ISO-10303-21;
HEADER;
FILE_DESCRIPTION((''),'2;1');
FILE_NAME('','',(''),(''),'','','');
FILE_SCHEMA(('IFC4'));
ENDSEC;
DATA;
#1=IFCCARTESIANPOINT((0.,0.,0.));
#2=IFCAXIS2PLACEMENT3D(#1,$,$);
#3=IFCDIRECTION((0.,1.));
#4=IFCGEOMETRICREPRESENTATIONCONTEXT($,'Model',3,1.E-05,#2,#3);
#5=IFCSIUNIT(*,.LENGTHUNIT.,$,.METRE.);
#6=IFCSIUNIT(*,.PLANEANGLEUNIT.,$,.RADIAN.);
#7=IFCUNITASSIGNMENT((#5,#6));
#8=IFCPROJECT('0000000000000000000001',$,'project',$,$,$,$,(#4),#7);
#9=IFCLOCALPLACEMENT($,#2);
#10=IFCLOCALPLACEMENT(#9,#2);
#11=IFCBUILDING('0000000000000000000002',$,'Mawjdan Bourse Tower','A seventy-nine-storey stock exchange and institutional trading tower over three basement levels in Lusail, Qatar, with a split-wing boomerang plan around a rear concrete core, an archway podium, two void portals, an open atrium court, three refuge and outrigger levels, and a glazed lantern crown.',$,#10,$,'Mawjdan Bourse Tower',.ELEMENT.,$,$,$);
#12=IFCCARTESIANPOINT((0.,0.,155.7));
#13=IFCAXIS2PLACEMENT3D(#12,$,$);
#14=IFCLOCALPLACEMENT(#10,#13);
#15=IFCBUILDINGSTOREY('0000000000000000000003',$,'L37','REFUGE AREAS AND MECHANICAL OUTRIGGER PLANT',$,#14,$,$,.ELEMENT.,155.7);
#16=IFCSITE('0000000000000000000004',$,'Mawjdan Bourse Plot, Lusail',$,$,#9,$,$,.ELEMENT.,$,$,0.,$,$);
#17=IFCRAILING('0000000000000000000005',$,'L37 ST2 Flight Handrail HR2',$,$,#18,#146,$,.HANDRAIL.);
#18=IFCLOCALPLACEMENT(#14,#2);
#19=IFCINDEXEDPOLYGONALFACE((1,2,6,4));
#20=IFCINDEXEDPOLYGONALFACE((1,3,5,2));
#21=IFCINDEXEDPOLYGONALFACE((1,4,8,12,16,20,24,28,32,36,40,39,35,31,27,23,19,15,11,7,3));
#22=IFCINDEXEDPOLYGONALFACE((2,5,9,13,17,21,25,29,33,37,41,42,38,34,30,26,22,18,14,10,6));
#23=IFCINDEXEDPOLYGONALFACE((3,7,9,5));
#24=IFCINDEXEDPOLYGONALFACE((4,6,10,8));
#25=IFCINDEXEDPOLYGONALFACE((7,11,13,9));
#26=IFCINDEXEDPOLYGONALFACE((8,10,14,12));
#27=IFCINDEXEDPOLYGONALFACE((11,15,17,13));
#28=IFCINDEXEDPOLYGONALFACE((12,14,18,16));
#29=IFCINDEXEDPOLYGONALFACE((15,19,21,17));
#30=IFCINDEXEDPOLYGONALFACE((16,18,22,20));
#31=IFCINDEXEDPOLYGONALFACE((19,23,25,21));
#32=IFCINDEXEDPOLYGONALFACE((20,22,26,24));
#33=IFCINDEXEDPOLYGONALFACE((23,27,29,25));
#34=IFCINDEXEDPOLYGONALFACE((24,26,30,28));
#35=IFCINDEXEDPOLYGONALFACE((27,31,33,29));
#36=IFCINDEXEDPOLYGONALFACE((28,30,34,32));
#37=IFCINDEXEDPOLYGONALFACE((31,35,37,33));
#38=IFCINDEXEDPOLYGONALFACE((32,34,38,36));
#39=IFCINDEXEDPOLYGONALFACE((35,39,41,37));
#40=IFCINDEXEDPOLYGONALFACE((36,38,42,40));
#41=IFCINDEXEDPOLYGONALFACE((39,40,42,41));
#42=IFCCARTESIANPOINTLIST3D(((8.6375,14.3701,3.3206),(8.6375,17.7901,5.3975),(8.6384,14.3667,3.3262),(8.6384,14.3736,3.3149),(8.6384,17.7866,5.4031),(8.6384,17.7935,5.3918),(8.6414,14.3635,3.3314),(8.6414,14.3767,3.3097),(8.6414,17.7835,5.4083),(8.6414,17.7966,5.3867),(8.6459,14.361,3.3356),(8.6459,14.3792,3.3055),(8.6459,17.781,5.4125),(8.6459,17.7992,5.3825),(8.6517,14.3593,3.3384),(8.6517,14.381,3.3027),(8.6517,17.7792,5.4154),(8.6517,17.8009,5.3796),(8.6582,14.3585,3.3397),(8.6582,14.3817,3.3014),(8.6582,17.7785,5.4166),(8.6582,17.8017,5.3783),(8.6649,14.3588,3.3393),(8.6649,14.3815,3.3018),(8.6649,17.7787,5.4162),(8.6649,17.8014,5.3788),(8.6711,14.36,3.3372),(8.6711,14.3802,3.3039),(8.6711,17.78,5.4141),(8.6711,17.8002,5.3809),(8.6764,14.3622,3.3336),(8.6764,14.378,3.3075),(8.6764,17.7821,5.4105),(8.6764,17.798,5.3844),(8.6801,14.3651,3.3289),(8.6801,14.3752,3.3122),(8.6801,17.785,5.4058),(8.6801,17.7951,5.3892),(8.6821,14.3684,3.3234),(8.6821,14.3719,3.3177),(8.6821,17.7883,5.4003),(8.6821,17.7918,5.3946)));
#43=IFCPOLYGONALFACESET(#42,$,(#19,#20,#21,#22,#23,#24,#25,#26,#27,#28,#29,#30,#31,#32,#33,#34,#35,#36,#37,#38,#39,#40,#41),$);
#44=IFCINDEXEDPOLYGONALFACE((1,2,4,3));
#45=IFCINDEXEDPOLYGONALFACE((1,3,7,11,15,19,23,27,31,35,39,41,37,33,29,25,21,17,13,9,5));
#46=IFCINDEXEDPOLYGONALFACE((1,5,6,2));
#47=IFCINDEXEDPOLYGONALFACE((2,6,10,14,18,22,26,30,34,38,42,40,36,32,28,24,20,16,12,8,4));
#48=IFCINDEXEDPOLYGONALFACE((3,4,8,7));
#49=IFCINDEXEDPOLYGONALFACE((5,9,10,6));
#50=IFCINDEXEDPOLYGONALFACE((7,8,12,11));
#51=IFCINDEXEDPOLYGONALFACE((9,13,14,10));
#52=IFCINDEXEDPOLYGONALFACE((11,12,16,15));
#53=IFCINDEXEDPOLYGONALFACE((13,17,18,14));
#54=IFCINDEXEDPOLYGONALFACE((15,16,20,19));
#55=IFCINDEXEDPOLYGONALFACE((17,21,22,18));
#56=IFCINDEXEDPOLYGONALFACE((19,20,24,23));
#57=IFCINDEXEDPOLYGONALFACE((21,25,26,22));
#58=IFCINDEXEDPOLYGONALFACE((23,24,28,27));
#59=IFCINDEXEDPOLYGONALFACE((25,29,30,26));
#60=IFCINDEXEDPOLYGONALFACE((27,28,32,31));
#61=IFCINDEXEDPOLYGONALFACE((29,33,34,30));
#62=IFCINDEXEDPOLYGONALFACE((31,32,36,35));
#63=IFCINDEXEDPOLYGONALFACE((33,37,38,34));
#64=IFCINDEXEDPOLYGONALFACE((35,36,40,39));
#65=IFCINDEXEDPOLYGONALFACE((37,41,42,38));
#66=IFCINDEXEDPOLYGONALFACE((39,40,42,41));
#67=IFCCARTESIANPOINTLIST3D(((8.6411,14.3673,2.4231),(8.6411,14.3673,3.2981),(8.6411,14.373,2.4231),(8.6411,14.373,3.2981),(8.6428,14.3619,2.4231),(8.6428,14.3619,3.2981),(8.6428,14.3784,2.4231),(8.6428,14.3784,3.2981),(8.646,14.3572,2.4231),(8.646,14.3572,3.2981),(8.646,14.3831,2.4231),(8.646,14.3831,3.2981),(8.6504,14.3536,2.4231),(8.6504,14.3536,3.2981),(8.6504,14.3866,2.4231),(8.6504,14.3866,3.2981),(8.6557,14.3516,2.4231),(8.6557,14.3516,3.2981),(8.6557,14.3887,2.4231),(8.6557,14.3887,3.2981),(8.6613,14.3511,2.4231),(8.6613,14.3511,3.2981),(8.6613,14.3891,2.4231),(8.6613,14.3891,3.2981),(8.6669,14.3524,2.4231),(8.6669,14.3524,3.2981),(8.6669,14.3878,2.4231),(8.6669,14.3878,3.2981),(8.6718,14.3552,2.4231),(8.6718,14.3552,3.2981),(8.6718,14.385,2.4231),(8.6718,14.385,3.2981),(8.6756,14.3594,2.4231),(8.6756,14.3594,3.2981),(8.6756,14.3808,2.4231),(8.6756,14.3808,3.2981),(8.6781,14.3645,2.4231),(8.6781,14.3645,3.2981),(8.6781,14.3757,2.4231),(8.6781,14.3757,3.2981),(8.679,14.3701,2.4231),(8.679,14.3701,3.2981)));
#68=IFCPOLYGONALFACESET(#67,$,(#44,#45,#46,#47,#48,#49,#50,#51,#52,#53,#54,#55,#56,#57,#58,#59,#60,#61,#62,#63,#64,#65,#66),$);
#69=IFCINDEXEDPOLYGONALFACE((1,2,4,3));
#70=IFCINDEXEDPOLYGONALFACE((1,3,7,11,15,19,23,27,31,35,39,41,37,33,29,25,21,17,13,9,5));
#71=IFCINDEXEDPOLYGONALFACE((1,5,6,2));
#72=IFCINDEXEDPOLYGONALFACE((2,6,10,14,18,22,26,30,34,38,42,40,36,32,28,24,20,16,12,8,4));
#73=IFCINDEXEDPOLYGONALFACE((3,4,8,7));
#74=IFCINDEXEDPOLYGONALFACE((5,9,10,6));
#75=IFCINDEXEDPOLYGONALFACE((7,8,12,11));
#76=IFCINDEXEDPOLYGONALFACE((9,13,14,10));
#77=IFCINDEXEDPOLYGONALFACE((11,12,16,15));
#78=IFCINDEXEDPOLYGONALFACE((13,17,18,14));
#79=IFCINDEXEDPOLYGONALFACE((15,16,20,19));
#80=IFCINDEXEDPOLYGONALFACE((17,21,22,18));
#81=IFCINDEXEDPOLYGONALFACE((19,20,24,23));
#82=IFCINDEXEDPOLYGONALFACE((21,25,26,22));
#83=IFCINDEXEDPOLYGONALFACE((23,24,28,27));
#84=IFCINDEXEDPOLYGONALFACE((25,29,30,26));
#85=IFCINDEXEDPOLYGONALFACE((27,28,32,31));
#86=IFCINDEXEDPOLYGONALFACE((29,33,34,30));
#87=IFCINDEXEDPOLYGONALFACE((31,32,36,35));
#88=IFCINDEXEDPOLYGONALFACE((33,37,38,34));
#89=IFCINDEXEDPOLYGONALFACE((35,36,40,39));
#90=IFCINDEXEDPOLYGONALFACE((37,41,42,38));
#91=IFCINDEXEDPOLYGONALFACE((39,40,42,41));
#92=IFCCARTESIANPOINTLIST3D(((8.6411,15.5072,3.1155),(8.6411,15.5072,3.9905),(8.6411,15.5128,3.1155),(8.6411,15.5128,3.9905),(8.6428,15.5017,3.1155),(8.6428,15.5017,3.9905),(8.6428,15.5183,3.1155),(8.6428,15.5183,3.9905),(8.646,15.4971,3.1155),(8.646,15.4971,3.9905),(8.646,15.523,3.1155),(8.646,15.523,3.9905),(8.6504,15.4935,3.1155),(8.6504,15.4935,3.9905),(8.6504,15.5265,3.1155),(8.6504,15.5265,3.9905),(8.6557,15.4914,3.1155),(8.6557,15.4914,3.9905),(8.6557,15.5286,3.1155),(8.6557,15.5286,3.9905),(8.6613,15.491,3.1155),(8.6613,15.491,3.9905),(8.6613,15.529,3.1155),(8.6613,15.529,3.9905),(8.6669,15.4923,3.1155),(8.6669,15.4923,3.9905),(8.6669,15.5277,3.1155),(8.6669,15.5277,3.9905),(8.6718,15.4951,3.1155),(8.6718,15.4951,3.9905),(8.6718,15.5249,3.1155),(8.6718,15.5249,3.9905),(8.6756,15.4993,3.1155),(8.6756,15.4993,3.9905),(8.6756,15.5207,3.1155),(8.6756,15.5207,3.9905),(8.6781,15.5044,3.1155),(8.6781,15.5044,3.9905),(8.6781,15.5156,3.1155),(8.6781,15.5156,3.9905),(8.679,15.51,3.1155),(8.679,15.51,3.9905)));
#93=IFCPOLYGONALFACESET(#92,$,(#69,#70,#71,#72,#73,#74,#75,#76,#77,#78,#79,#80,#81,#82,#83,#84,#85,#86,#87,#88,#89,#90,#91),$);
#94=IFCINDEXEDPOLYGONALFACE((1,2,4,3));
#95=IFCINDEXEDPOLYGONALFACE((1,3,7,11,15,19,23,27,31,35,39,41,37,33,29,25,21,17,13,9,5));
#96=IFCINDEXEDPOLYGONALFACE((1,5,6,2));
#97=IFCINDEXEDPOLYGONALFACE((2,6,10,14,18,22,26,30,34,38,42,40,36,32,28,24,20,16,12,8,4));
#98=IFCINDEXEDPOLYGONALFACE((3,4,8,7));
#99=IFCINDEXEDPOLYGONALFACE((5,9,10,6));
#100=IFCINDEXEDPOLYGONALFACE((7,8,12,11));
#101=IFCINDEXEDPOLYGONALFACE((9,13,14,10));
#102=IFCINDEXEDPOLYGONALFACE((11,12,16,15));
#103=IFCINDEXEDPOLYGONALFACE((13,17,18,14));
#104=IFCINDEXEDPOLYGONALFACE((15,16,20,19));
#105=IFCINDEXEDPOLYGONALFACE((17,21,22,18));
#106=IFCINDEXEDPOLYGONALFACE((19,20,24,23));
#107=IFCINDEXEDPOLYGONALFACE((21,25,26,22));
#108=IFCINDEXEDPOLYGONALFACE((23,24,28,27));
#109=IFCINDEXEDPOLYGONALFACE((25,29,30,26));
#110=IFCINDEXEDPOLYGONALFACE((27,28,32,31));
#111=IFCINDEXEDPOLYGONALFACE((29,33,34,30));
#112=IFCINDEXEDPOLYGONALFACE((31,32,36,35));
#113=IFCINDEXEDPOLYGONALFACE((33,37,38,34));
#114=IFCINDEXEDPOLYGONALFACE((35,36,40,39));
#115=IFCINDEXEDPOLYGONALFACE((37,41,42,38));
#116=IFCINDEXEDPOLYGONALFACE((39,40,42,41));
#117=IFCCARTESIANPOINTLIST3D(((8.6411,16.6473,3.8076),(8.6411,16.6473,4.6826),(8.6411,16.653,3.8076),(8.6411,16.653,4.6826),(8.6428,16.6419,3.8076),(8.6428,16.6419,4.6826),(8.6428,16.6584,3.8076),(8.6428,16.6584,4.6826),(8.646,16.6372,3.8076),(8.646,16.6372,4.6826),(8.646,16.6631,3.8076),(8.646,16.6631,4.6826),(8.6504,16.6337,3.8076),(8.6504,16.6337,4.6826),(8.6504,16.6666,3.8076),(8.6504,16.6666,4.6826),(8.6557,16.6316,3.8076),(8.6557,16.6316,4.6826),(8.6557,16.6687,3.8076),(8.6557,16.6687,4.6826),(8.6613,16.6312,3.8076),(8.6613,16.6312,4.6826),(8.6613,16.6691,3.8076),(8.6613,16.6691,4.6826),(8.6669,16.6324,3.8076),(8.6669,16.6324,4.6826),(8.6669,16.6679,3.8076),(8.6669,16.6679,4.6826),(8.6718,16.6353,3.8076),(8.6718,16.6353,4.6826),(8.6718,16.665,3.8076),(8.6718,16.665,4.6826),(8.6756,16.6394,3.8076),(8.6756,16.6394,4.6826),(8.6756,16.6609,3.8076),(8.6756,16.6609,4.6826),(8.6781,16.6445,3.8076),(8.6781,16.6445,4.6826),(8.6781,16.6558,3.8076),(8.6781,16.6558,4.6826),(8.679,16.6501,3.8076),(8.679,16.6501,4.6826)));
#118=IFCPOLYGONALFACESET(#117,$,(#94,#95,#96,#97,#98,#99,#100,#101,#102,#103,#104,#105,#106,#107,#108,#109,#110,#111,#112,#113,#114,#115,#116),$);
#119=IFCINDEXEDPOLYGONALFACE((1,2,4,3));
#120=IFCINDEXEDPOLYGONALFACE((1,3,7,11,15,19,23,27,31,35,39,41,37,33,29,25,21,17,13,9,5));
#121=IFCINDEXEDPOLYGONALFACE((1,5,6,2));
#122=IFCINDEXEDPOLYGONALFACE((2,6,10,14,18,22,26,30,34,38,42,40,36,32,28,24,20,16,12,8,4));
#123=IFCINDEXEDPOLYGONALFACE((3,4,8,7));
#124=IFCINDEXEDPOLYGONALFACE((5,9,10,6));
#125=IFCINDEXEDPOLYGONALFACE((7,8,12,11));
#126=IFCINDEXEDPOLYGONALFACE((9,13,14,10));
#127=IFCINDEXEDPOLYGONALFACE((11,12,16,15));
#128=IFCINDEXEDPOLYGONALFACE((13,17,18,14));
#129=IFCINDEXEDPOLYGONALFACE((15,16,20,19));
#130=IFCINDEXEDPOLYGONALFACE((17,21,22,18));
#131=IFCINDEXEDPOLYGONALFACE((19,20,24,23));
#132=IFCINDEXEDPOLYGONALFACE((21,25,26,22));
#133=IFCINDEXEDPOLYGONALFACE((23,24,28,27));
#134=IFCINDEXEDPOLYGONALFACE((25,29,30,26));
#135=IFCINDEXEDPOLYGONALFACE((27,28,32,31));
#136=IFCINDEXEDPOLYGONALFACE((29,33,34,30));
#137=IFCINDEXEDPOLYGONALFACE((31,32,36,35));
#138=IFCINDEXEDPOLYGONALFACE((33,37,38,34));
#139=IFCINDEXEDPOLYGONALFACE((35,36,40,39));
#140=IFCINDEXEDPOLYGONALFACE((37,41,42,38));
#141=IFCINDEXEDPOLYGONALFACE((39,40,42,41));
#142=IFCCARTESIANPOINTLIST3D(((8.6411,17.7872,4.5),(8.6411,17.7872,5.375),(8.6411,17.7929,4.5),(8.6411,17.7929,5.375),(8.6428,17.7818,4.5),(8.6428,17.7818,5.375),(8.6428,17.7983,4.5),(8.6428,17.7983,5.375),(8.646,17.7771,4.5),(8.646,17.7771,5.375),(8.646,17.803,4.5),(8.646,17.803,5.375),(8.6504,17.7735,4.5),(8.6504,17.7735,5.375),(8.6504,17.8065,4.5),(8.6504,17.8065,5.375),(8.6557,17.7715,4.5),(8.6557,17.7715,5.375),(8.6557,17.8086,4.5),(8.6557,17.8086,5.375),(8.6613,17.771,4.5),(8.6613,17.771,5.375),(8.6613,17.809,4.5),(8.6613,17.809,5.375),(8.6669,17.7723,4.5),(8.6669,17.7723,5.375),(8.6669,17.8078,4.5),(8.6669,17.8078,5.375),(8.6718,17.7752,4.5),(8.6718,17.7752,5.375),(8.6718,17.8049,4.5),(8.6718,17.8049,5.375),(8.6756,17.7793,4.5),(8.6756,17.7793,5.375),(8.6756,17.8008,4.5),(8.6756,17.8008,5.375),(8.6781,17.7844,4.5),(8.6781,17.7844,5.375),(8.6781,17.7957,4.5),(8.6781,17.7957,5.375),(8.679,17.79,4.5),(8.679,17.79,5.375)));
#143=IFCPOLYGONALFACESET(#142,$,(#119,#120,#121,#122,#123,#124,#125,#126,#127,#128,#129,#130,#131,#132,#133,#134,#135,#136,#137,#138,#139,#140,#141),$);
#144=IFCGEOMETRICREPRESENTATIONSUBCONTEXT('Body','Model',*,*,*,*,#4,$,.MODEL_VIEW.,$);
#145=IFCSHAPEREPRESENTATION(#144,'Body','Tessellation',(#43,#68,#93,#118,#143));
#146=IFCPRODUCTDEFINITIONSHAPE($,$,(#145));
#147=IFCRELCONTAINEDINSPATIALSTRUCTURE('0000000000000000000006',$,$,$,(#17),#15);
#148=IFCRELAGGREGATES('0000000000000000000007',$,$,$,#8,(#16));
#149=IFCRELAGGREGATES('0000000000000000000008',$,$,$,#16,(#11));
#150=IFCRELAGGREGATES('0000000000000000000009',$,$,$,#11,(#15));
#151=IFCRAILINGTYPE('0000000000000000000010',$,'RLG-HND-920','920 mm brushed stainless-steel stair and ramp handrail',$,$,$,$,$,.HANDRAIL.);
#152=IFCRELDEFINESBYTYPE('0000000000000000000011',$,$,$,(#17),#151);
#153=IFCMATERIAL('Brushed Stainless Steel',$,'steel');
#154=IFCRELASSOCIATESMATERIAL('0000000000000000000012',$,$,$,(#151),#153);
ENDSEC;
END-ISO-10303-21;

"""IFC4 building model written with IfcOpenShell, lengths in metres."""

from ifc_helpers import new_model, si_unit, direction, frame, origin, origin_2d, place, context, subcontext, project, spatial, circle, extrude, material, type_object, element, save


model = new_model("IFC4")

# Units and contexts
model_context = context("Model", 3, precision=1e-05, world=origin(), true_north=direction((0.0, 1.0)))
body_context = subcontext(model_context, "Body", "Model", "MODEL_VIEW")
ifc_project = project(units=[si_unit("LENGTHUNIT", "METRE"), si_unit("PLANEANGLEUNIT", "RADIAN")], contexts=[model_context])

# Site, building, storey
site_placement = place(None, origin())
site = spatial("IfcSite", under=ifc_project, at=site_placement, Name="Mawjdan Bourse Plot, Lusail", CompositionType="ELEMENT", RefElevation=0.0)
building_placement = place(site_placement, origin())
building = spatial("IfcBuilding", under=site, at=building_placement, Name="Mawjdan Bourse Tower", Description="A seventy-nine-storey stock exchange and institutional trading tower over three basement levels in Lusail, Qatar, with a split-wing boomerang plan around a rear concrete core, an archway podium, two void portals, an open atrium court, three refuge and outrigger levels, and a glazed lantern crown.", LongName="Mawjdan Bourse Tower", CompositionType="ELEMENT")
storey_placement = place(building_placement, frame((0.0, 0.0, 155.7)))
storey = spatial("IfcBuildingStorey", under=building, at=storey_placement, Name="L37", Description="REFUGE AREAS AND MECHANICAL OUTRIGGER PLANT", CompositionType="ELEMENT", Elevation=155.7)

# Shared definitions
ifc_material_1 = material(Name="Brushed Stainless Steel", Category="steel")

# Railing
railing_type_1 = type_object("IfcRailingType", Name="RLG-HND-920", Description="920 mm brushed stainless-steel stair and ramp handrail", PredefinedType="HANDRAIL", material=ifc_material_1)
railing_placement = place(storey_placement, frame((8.6599, 14.3701, 2.4231)))
element("IfcRailing", 1, at=railing_placement, inside=storey, type_object=railing_type_1, Name="L37 ST2 Flight Handrail HR2", PredefinedType="HANDRAIL", context=body_context, shape_type="SweptSolid", body=[
    extrude(circle(Radius=0.0225, at=origin_2d()), frame((0.0, 0.0, 0.8975), z_axis=(0.0, 0.85473, 0.519074), x_axis=(-1.0, 0.0, 0.0)), (0.0, 0.0, 1.0), 4.0012),
    extrude(circle(Radius=0.019, at=origin_2d()), origin(), (0.0, 0.0, 1.0), 0.875),
    extrude(circle(Radius=0.019, at=origin_2d()), frame((0.0, 1.1399, 0.6924)), (0.0, 0.0, 1.0), 0.875),
    extrude(circle(Radius=0.019, at=origin_2d()), frame((0.0, 2.28, 1.3845)), (0.0, 0.0, 1.0), 0.875),
    extrude(circle(Radius=0.019, at=origin_2d()), frame((0.0, 3.4199, 2.0769)), (0.0, 0.0, 1.0), 0.875),
])

save(model, "model.ifc")
